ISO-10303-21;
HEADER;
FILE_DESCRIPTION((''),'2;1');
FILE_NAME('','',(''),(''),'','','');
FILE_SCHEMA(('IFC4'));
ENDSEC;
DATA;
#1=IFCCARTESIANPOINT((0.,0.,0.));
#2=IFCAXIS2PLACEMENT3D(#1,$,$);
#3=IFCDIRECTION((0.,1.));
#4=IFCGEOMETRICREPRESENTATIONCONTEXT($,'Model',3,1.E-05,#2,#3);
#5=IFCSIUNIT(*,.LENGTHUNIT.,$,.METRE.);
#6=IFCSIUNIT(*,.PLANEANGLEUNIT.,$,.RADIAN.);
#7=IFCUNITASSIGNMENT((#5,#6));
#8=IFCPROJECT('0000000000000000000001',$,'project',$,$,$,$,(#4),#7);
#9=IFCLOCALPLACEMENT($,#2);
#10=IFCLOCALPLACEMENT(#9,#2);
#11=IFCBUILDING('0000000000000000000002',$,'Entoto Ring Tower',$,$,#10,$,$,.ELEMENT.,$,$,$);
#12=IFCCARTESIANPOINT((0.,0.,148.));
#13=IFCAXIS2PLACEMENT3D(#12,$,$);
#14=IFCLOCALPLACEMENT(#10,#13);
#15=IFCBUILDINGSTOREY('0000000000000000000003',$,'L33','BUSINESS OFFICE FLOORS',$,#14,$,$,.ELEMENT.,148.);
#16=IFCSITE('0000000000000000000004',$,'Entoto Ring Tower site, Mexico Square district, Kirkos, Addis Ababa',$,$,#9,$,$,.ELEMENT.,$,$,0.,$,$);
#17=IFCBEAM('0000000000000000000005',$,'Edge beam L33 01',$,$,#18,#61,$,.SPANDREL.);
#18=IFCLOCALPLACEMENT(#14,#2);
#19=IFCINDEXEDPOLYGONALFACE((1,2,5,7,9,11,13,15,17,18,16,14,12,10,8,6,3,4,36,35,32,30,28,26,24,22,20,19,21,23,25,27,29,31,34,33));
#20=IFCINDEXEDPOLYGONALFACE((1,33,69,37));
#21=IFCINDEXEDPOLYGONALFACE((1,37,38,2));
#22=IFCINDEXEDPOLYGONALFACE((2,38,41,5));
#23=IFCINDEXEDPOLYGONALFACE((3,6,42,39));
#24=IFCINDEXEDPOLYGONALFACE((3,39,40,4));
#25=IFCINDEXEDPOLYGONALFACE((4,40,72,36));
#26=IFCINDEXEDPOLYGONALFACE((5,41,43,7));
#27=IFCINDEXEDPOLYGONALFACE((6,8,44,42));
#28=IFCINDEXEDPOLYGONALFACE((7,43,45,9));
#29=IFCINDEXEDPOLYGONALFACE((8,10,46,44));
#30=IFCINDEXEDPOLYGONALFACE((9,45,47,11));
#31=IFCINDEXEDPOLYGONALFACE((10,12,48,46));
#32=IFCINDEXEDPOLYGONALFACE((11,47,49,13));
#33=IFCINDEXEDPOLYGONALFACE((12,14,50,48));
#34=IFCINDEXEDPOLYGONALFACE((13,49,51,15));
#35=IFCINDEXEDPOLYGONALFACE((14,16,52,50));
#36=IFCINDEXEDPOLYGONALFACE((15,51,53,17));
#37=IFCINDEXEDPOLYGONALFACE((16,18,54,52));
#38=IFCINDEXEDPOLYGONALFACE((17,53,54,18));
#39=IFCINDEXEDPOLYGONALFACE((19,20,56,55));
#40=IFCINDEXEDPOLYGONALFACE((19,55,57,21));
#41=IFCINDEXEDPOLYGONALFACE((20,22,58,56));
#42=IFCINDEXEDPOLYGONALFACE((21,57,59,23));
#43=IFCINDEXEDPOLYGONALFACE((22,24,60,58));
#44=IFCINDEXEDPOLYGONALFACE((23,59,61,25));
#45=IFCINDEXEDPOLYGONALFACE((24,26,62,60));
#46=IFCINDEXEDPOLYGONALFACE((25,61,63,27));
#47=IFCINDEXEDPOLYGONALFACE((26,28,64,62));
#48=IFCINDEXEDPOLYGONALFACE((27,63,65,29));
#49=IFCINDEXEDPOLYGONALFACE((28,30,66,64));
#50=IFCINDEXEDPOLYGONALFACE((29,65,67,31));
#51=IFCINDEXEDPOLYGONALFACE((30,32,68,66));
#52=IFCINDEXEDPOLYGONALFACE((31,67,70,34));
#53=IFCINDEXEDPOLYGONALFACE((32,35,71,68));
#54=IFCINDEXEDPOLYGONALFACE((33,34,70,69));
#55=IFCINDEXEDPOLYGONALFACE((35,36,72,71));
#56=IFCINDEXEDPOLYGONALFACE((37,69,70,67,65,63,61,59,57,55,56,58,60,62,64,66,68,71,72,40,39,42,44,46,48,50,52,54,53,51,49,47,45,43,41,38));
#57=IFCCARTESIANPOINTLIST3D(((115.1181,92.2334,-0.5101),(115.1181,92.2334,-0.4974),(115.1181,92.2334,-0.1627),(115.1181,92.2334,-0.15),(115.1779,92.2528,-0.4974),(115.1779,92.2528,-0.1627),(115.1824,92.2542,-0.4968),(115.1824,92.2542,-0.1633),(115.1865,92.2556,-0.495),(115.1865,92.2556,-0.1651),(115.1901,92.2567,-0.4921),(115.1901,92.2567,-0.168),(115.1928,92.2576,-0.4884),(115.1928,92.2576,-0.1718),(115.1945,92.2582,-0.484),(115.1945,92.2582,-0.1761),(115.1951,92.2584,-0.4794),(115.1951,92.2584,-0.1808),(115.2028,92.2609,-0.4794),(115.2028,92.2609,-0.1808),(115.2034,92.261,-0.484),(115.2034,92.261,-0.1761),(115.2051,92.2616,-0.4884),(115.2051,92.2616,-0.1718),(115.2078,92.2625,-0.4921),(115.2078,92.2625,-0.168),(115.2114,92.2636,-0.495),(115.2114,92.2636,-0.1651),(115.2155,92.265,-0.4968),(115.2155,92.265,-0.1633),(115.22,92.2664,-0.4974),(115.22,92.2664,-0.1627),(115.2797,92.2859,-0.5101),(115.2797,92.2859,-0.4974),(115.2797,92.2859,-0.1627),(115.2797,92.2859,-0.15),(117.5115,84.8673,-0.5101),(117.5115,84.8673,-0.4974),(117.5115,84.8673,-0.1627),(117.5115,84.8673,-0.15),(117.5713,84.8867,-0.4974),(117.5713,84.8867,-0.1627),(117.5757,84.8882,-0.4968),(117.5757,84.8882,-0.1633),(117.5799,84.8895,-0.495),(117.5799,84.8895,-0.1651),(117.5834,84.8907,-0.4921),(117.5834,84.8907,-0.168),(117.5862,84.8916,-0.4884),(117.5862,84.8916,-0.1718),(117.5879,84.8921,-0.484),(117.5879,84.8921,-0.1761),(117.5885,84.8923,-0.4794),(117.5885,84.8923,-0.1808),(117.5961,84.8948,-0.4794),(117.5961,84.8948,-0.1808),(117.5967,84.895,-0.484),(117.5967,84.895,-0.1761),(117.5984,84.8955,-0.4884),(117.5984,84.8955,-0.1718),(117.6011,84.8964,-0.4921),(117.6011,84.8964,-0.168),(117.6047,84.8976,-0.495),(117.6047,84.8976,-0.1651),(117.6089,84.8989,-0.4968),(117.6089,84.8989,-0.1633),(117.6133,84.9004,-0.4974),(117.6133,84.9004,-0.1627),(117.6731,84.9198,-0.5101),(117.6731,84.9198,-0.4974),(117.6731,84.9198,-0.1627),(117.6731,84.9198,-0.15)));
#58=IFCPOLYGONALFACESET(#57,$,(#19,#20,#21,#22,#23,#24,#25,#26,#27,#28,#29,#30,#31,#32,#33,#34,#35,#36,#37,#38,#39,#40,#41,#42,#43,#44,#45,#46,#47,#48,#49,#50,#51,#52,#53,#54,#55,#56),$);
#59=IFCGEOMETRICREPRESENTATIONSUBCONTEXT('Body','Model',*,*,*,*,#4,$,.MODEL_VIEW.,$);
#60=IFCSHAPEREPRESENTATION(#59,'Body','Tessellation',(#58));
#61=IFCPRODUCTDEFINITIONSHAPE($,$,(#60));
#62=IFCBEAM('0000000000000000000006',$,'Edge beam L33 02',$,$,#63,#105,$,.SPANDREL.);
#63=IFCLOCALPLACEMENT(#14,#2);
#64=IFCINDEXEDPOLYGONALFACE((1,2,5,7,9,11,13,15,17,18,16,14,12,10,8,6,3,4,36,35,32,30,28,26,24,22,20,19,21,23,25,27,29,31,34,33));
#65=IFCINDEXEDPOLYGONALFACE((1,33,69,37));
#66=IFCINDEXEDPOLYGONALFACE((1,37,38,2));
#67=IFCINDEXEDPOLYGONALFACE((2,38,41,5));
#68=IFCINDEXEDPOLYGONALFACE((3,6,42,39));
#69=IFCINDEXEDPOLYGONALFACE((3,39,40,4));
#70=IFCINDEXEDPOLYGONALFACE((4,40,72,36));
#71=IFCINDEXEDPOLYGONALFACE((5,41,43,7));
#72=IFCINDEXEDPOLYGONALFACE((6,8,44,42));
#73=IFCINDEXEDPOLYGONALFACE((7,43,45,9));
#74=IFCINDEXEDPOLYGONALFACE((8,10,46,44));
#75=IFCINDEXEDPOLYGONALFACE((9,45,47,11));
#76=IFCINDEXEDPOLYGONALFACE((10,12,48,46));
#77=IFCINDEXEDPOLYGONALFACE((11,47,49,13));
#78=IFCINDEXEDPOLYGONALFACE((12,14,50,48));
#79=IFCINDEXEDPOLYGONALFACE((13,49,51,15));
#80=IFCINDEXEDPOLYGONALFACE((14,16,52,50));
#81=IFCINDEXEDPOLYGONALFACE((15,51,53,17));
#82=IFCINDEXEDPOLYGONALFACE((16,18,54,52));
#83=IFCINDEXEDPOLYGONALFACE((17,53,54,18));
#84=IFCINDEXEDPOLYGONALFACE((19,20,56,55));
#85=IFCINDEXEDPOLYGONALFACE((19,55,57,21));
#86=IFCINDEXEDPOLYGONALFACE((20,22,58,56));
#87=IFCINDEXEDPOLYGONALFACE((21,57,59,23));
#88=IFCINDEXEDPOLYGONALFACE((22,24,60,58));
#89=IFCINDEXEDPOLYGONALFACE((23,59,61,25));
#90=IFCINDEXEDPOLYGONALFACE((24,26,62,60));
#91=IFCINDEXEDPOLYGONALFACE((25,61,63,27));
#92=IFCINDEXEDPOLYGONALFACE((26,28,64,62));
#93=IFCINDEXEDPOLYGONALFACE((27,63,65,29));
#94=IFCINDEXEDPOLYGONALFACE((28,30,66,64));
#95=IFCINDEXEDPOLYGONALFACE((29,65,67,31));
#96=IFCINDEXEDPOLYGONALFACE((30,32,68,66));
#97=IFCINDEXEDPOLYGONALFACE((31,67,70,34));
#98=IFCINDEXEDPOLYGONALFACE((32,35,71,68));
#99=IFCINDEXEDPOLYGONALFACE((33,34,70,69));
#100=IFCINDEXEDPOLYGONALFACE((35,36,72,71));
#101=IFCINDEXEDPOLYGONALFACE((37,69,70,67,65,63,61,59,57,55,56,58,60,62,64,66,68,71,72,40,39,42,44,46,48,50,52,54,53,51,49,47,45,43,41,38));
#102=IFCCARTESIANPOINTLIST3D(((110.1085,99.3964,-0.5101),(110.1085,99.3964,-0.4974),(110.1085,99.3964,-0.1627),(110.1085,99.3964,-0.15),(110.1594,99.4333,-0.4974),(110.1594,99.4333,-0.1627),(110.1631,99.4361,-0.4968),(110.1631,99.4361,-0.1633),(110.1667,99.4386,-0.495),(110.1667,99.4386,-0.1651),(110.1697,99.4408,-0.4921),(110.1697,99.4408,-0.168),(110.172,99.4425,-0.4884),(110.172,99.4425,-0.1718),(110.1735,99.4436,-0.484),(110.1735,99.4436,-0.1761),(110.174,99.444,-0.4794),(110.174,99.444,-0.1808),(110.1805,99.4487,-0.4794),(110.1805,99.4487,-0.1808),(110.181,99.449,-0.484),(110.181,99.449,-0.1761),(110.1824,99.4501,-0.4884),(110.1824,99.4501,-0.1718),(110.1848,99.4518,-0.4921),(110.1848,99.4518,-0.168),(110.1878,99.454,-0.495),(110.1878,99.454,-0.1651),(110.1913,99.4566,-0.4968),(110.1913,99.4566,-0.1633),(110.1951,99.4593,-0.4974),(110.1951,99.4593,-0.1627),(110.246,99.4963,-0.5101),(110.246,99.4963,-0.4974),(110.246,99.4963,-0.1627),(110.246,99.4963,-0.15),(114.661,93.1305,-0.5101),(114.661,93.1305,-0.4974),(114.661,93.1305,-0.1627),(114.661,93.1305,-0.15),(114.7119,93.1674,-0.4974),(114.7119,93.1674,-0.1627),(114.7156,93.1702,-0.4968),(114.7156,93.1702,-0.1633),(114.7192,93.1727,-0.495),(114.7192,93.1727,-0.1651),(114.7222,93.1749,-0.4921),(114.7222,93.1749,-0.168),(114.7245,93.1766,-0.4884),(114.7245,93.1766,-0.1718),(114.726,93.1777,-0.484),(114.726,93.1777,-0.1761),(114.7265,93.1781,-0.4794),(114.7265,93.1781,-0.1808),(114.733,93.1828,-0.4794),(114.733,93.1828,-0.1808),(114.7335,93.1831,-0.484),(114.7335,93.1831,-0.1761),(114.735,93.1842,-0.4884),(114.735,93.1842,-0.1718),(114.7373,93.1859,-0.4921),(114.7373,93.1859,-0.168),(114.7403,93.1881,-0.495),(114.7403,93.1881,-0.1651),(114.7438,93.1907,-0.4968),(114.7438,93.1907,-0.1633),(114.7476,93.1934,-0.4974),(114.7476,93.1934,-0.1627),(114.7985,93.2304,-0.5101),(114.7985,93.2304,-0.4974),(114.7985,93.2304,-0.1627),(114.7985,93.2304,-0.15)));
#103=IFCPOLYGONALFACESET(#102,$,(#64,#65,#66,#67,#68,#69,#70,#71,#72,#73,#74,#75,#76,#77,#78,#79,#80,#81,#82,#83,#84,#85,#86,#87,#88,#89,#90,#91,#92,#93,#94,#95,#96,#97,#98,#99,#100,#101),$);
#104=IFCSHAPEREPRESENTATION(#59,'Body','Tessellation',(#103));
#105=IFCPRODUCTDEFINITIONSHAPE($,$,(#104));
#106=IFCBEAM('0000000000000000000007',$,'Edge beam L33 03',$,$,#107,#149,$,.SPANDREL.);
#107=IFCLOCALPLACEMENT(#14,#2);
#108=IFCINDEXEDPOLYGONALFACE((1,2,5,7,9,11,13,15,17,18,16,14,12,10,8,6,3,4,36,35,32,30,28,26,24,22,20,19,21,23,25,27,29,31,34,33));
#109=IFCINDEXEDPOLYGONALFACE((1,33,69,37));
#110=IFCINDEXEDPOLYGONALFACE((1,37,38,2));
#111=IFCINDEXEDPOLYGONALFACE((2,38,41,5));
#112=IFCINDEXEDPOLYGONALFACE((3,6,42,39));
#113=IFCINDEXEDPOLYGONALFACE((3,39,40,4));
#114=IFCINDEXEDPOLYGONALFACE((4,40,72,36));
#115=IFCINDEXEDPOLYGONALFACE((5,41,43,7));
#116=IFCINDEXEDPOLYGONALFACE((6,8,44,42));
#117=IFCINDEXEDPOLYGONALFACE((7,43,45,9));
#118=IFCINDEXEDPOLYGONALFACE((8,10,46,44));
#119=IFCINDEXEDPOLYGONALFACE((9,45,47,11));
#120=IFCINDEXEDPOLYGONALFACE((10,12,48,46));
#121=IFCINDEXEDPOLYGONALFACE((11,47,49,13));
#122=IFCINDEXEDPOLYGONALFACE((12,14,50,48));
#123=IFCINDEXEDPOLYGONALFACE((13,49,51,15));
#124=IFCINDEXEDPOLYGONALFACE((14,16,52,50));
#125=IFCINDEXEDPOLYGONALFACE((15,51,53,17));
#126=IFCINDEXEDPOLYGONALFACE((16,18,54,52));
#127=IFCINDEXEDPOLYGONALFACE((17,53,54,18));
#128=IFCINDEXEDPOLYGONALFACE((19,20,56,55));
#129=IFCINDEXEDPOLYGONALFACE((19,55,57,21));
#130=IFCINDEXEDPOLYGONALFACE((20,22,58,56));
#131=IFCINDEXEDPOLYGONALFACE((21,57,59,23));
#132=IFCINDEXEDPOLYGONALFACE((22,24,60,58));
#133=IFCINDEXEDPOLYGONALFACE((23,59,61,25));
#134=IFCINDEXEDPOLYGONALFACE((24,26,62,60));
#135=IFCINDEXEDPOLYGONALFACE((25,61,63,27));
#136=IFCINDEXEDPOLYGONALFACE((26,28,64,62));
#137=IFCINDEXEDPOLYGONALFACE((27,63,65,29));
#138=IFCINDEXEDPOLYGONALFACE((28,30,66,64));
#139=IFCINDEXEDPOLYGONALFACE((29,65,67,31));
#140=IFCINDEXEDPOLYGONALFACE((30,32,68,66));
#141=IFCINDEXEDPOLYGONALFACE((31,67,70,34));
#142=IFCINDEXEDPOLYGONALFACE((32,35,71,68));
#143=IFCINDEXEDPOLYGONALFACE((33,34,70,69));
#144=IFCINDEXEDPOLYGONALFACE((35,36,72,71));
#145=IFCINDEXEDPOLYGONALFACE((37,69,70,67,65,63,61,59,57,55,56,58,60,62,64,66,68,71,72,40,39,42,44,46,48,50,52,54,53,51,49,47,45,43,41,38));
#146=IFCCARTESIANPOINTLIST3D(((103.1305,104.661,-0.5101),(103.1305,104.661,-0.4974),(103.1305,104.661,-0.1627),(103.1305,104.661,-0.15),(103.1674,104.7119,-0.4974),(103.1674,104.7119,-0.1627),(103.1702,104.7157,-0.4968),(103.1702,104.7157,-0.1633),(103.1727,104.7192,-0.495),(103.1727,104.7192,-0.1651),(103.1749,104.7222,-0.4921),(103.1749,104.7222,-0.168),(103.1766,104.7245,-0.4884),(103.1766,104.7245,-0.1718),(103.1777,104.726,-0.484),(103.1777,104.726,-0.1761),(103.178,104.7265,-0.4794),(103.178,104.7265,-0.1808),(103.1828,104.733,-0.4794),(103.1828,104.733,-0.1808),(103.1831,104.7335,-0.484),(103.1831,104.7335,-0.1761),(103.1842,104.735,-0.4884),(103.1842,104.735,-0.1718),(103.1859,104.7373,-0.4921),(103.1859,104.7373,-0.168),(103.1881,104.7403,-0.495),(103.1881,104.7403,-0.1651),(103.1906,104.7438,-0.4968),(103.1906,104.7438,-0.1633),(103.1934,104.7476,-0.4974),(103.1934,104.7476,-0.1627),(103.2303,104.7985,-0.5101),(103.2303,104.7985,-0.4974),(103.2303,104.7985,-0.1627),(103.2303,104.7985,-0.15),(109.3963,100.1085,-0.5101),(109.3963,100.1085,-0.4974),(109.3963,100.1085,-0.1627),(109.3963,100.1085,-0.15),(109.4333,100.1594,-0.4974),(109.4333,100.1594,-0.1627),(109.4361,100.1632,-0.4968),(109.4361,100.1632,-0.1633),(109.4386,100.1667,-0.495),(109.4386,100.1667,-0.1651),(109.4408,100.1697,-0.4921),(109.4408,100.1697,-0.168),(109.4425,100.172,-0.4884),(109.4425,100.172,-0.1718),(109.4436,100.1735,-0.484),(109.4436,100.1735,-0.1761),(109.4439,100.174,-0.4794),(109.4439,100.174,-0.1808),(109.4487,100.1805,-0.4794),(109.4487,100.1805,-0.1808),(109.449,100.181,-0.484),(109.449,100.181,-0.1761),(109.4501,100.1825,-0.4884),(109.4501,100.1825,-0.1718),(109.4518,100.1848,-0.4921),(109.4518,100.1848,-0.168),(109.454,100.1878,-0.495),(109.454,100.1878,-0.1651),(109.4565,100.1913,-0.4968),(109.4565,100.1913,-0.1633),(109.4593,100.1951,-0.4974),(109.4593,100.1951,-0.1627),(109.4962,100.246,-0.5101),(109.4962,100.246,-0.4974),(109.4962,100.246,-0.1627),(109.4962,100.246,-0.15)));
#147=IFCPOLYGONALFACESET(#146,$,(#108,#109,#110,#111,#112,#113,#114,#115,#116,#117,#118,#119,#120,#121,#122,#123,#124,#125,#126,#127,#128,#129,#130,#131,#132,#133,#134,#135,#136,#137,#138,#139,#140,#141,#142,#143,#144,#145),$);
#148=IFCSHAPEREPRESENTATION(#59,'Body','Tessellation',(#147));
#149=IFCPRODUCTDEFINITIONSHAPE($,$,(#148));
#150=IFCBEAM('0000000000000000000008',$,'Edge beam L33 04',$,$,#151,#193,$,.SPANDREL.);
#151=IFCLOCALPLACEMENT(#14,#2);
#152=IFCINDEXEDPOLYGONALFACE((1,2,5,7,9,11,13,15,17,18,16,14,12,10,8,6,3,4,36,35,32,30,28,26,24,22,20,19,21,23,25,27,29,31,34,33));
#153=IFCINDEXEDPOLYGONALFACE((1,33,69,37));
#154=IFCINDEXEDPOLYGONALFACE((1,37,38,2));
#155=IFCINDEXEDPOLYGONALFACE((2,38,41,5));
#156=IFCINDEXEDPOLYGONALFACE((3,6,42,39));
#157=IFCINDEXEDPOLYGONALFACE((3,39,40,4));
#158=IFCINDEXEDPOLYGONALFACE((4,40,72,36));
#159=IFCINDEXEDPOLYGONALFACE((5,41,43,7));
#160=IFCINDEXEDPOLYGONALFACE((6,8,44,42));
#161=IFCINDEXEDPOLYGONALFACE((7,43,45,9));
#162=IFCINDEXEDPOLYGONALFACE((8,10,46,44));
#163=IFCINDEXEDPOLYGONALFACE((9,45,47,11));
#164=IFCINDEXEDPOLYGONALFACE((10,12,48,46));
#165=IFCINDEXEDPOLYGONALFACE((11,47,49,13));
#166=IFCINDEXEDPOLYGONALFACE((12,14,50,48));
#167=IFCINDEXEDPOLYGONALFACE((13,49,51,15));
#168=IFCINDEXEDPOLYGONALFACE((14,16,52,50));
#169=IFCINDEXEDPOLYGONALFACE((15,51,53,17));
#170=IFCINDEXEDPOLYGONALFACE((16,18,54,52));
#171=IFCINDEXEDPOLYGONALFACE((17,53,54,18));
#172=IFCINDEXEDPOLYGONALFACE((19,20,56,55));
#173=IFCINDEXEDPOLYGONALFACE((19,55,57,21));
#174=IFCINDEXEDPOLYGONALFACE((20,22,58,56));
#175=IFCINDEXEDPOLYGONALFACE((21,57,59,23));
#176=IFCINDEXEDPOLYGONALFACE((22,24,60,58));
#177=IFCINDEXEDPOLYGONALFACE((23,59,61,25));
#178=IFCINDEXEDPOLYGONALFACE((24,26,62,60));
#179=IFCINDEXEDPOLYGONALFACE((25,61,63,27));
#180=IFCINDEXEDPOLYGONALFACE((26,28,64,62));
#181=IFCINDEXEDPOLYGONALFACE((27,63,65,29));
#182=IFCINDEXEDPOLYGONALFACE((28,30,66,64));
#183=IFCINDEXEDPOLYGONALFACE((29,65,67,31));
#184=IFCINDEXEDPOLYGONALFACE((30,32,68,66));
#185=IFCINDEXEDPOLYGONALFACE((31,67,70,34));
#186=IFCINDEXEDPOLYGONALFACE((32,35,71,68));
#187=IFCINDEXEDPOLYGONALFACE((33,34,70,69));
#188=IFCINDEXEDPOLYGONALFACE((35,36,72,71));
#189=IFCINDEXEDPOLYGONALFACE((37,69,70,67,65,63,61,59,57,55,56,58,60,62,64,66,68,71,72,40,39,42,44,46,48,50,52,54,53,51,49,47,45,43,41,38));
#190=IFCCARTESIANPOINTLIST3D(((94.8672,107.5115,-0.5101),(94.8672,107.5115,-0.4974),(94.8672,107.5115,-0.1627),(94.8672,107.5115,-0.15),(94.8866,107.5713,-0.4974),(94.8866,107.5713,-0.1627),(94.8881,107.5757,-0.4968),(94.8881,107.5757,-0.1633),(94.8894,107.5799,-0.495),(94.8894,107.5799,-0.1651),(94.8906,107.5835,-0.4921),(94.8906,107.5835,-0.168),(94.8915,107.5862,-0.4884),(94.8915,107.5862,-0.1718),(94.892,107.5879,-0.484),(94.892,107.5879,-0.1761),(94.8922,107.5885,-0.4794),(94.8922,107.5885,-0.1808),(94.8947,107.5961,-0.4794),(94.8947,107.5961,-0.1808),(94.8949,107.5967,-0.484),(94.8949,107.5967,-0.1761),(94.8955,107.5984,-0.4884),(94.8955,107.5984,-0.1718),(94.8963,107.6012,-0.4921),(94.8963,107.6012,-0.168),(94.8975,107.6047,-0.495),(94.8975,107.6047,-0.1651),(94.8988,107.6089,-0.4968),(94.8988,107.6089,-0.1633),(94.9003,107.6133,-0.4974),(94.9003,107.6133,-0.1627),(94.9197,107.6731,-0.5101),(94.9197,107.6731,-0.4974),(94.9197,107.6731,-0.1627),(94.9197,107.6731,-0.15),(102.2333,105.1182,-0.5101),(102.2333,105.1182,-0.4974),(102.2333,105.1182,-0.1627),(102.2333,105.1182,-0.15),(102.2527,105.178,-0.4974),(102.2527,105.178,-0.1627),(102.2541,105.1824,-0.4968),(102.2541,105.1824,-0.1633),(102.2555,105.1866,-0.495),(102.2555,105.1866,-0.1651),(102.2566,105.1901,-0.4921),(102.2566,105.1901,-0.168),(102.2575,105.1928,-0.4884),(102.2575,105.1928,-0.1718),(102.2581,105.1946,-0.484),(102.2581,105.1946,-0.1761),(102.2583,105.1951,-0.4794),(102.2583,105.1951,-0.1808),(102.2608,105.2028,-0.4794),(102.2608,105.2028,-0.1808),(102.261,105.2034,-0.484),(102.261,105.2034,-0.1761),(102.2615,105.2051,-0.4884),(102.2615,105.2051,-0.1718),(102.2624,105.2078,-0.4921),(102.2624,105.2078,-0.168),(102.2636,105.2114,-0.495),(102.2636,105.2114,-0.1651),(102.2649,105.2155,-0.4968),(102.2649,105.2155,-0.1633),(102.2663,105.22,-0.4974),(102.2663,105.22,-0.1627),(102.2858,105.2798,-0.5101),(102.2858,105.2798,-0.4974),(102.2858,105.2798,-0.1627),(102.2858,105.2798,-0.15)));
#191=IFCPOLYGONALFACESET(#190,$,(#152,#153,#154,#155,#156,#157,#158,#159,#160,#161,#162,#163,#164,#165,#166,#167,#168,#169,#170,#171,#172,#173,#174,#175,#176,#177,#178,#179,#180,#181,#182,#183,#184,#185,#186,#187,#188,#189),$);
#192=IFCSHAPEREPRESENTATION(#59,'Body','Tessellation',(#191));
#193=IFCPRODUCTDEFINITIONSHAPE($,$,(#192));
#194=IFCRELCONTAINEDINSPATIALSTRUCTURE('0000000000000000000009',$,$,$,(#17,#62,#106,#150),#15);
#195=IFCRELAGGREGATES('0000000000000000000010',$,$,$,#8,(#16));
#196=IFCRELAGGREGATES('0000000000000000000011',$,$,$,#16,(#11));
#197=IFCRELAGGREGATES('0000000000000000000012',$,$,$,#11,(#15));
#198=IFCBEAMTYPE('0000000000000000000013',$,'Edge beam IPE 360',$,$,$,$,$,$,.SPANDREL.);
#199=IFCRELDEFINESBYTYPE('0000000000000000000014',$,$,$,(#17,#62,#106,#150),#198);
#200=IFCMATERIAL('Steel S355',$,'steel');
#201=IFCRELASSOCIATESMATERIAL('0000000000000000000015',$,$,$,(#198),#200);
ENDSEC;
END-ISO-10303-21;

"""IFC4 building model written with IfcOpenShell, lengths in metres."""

from ifc_helpers import new_model, si_unit, direction, frame, origin, origin_2d, place, context, subcontext, project, spatial, i_section, extrude, material, material_profile, profile_set, type_object, element, save


model = new_model("IFC4")

# Units and contexts
model_context = context("Model", 3, precision=1e-05, world=origin(), true_north=direction((0.0, 1.0)))
body_context = subcontext(model_context, "Body", "Model", "MODEL_VIEW")
ifc_project = project(units=[si_unit("LENGTHUNIT", "METRE"), si_unit("PLANEANGLEUNIT", "RADIAN")], contexts=[model_context])

# Site, building, storey
site_placement = place(None, origin())
site = spatial("IfcSite", under=ifc_project, at=site_placement, Name="Entoto Ring Tower site, Mexico Square district, Kirkos, Addis Ababa", CompositionType="ELEMENT", RefElevation=0.0)
building_placement = place(site_placement, origin())
building = spatial("IfcBuilding", under=site, at=building_placement, Name="Entoto Ring Tower", CompositionType="ELEMENT")
storey_placement = place(building_placement, frame((0.0, 0.0, 148.0)))
storey = spatial("IfcBuildingStorey", under=building, at=storey_placement, Name="L33", Description="BUSINESS OFFICE FLOORS", CompositionType="ELEMENT", Elevation=148.0)

# Beams
ifc_material_1 = material(Name="Steel S355", Category="steel")
ifc_material_profile_1 = material_profile(ifc_material_1, i_section(OverallWidth=0.1699, OverallDepth=0.3601, WebThickness=0.0081, FlangeThickness=0.0127, FilletRadius=0.0181, at=origin_2d()), Name="IPE 360")
ifc_profile_set_1 = profile_set([ifc_material_profile_1], Name="Steel S355")
beam_type_1 = type_object("IfcBeamType", Name="Edge beam IPE 360", PredefinedType="SPANDREL", material=ifc_profile_set_1)
for number, where, z_axis, x_axis, name in (
    (1, (117.5923, 84.8936, -0.3301), (-0.309013, 0.951058, 0.0), (-0.951058, -0.309013, 0.0), "Edge beam L33 01"),
    (2, (114.7297, 93.1804, -0.3301), (-0.587791, 0.809013, 0.0), (-0.809013, -0.587791, 0.0), "Edge beam L33 02"),
    (3, (109.4463, 100.1772, -0.3301), (-0.809013, 0.587791, 0.0), (-0.587791, -0.809013, 0.0), "Edge beam L33 03"),
    (4, (102.2595, 105.199, -0.3301), (-0.951058, 0.309013, 0.0), (-0.309013, -0.951058, 0.0), "Edge beam L33 04"),
):
    element("IfcBeam", number, at=place(storey_placement, frame(where, z_axis=z_axis, x_axis=x_axis)), inside=storey, type_object=beam_type_1, Name=name, PredefinedType="SPANDREL", context=body_context, shape_type="SweptSolid", body=[
        extrude(i_section(OverallWidth=0.1699, OverallDepth=0.3601, WebThickness=0.0081, FlangeThickness=0.0127, FilletRadius=0.0181, at=origin_2d()), origin(), (0.0, 0.0, 1.0), 7.7451),
    ])

save(model, "model.ifc")
